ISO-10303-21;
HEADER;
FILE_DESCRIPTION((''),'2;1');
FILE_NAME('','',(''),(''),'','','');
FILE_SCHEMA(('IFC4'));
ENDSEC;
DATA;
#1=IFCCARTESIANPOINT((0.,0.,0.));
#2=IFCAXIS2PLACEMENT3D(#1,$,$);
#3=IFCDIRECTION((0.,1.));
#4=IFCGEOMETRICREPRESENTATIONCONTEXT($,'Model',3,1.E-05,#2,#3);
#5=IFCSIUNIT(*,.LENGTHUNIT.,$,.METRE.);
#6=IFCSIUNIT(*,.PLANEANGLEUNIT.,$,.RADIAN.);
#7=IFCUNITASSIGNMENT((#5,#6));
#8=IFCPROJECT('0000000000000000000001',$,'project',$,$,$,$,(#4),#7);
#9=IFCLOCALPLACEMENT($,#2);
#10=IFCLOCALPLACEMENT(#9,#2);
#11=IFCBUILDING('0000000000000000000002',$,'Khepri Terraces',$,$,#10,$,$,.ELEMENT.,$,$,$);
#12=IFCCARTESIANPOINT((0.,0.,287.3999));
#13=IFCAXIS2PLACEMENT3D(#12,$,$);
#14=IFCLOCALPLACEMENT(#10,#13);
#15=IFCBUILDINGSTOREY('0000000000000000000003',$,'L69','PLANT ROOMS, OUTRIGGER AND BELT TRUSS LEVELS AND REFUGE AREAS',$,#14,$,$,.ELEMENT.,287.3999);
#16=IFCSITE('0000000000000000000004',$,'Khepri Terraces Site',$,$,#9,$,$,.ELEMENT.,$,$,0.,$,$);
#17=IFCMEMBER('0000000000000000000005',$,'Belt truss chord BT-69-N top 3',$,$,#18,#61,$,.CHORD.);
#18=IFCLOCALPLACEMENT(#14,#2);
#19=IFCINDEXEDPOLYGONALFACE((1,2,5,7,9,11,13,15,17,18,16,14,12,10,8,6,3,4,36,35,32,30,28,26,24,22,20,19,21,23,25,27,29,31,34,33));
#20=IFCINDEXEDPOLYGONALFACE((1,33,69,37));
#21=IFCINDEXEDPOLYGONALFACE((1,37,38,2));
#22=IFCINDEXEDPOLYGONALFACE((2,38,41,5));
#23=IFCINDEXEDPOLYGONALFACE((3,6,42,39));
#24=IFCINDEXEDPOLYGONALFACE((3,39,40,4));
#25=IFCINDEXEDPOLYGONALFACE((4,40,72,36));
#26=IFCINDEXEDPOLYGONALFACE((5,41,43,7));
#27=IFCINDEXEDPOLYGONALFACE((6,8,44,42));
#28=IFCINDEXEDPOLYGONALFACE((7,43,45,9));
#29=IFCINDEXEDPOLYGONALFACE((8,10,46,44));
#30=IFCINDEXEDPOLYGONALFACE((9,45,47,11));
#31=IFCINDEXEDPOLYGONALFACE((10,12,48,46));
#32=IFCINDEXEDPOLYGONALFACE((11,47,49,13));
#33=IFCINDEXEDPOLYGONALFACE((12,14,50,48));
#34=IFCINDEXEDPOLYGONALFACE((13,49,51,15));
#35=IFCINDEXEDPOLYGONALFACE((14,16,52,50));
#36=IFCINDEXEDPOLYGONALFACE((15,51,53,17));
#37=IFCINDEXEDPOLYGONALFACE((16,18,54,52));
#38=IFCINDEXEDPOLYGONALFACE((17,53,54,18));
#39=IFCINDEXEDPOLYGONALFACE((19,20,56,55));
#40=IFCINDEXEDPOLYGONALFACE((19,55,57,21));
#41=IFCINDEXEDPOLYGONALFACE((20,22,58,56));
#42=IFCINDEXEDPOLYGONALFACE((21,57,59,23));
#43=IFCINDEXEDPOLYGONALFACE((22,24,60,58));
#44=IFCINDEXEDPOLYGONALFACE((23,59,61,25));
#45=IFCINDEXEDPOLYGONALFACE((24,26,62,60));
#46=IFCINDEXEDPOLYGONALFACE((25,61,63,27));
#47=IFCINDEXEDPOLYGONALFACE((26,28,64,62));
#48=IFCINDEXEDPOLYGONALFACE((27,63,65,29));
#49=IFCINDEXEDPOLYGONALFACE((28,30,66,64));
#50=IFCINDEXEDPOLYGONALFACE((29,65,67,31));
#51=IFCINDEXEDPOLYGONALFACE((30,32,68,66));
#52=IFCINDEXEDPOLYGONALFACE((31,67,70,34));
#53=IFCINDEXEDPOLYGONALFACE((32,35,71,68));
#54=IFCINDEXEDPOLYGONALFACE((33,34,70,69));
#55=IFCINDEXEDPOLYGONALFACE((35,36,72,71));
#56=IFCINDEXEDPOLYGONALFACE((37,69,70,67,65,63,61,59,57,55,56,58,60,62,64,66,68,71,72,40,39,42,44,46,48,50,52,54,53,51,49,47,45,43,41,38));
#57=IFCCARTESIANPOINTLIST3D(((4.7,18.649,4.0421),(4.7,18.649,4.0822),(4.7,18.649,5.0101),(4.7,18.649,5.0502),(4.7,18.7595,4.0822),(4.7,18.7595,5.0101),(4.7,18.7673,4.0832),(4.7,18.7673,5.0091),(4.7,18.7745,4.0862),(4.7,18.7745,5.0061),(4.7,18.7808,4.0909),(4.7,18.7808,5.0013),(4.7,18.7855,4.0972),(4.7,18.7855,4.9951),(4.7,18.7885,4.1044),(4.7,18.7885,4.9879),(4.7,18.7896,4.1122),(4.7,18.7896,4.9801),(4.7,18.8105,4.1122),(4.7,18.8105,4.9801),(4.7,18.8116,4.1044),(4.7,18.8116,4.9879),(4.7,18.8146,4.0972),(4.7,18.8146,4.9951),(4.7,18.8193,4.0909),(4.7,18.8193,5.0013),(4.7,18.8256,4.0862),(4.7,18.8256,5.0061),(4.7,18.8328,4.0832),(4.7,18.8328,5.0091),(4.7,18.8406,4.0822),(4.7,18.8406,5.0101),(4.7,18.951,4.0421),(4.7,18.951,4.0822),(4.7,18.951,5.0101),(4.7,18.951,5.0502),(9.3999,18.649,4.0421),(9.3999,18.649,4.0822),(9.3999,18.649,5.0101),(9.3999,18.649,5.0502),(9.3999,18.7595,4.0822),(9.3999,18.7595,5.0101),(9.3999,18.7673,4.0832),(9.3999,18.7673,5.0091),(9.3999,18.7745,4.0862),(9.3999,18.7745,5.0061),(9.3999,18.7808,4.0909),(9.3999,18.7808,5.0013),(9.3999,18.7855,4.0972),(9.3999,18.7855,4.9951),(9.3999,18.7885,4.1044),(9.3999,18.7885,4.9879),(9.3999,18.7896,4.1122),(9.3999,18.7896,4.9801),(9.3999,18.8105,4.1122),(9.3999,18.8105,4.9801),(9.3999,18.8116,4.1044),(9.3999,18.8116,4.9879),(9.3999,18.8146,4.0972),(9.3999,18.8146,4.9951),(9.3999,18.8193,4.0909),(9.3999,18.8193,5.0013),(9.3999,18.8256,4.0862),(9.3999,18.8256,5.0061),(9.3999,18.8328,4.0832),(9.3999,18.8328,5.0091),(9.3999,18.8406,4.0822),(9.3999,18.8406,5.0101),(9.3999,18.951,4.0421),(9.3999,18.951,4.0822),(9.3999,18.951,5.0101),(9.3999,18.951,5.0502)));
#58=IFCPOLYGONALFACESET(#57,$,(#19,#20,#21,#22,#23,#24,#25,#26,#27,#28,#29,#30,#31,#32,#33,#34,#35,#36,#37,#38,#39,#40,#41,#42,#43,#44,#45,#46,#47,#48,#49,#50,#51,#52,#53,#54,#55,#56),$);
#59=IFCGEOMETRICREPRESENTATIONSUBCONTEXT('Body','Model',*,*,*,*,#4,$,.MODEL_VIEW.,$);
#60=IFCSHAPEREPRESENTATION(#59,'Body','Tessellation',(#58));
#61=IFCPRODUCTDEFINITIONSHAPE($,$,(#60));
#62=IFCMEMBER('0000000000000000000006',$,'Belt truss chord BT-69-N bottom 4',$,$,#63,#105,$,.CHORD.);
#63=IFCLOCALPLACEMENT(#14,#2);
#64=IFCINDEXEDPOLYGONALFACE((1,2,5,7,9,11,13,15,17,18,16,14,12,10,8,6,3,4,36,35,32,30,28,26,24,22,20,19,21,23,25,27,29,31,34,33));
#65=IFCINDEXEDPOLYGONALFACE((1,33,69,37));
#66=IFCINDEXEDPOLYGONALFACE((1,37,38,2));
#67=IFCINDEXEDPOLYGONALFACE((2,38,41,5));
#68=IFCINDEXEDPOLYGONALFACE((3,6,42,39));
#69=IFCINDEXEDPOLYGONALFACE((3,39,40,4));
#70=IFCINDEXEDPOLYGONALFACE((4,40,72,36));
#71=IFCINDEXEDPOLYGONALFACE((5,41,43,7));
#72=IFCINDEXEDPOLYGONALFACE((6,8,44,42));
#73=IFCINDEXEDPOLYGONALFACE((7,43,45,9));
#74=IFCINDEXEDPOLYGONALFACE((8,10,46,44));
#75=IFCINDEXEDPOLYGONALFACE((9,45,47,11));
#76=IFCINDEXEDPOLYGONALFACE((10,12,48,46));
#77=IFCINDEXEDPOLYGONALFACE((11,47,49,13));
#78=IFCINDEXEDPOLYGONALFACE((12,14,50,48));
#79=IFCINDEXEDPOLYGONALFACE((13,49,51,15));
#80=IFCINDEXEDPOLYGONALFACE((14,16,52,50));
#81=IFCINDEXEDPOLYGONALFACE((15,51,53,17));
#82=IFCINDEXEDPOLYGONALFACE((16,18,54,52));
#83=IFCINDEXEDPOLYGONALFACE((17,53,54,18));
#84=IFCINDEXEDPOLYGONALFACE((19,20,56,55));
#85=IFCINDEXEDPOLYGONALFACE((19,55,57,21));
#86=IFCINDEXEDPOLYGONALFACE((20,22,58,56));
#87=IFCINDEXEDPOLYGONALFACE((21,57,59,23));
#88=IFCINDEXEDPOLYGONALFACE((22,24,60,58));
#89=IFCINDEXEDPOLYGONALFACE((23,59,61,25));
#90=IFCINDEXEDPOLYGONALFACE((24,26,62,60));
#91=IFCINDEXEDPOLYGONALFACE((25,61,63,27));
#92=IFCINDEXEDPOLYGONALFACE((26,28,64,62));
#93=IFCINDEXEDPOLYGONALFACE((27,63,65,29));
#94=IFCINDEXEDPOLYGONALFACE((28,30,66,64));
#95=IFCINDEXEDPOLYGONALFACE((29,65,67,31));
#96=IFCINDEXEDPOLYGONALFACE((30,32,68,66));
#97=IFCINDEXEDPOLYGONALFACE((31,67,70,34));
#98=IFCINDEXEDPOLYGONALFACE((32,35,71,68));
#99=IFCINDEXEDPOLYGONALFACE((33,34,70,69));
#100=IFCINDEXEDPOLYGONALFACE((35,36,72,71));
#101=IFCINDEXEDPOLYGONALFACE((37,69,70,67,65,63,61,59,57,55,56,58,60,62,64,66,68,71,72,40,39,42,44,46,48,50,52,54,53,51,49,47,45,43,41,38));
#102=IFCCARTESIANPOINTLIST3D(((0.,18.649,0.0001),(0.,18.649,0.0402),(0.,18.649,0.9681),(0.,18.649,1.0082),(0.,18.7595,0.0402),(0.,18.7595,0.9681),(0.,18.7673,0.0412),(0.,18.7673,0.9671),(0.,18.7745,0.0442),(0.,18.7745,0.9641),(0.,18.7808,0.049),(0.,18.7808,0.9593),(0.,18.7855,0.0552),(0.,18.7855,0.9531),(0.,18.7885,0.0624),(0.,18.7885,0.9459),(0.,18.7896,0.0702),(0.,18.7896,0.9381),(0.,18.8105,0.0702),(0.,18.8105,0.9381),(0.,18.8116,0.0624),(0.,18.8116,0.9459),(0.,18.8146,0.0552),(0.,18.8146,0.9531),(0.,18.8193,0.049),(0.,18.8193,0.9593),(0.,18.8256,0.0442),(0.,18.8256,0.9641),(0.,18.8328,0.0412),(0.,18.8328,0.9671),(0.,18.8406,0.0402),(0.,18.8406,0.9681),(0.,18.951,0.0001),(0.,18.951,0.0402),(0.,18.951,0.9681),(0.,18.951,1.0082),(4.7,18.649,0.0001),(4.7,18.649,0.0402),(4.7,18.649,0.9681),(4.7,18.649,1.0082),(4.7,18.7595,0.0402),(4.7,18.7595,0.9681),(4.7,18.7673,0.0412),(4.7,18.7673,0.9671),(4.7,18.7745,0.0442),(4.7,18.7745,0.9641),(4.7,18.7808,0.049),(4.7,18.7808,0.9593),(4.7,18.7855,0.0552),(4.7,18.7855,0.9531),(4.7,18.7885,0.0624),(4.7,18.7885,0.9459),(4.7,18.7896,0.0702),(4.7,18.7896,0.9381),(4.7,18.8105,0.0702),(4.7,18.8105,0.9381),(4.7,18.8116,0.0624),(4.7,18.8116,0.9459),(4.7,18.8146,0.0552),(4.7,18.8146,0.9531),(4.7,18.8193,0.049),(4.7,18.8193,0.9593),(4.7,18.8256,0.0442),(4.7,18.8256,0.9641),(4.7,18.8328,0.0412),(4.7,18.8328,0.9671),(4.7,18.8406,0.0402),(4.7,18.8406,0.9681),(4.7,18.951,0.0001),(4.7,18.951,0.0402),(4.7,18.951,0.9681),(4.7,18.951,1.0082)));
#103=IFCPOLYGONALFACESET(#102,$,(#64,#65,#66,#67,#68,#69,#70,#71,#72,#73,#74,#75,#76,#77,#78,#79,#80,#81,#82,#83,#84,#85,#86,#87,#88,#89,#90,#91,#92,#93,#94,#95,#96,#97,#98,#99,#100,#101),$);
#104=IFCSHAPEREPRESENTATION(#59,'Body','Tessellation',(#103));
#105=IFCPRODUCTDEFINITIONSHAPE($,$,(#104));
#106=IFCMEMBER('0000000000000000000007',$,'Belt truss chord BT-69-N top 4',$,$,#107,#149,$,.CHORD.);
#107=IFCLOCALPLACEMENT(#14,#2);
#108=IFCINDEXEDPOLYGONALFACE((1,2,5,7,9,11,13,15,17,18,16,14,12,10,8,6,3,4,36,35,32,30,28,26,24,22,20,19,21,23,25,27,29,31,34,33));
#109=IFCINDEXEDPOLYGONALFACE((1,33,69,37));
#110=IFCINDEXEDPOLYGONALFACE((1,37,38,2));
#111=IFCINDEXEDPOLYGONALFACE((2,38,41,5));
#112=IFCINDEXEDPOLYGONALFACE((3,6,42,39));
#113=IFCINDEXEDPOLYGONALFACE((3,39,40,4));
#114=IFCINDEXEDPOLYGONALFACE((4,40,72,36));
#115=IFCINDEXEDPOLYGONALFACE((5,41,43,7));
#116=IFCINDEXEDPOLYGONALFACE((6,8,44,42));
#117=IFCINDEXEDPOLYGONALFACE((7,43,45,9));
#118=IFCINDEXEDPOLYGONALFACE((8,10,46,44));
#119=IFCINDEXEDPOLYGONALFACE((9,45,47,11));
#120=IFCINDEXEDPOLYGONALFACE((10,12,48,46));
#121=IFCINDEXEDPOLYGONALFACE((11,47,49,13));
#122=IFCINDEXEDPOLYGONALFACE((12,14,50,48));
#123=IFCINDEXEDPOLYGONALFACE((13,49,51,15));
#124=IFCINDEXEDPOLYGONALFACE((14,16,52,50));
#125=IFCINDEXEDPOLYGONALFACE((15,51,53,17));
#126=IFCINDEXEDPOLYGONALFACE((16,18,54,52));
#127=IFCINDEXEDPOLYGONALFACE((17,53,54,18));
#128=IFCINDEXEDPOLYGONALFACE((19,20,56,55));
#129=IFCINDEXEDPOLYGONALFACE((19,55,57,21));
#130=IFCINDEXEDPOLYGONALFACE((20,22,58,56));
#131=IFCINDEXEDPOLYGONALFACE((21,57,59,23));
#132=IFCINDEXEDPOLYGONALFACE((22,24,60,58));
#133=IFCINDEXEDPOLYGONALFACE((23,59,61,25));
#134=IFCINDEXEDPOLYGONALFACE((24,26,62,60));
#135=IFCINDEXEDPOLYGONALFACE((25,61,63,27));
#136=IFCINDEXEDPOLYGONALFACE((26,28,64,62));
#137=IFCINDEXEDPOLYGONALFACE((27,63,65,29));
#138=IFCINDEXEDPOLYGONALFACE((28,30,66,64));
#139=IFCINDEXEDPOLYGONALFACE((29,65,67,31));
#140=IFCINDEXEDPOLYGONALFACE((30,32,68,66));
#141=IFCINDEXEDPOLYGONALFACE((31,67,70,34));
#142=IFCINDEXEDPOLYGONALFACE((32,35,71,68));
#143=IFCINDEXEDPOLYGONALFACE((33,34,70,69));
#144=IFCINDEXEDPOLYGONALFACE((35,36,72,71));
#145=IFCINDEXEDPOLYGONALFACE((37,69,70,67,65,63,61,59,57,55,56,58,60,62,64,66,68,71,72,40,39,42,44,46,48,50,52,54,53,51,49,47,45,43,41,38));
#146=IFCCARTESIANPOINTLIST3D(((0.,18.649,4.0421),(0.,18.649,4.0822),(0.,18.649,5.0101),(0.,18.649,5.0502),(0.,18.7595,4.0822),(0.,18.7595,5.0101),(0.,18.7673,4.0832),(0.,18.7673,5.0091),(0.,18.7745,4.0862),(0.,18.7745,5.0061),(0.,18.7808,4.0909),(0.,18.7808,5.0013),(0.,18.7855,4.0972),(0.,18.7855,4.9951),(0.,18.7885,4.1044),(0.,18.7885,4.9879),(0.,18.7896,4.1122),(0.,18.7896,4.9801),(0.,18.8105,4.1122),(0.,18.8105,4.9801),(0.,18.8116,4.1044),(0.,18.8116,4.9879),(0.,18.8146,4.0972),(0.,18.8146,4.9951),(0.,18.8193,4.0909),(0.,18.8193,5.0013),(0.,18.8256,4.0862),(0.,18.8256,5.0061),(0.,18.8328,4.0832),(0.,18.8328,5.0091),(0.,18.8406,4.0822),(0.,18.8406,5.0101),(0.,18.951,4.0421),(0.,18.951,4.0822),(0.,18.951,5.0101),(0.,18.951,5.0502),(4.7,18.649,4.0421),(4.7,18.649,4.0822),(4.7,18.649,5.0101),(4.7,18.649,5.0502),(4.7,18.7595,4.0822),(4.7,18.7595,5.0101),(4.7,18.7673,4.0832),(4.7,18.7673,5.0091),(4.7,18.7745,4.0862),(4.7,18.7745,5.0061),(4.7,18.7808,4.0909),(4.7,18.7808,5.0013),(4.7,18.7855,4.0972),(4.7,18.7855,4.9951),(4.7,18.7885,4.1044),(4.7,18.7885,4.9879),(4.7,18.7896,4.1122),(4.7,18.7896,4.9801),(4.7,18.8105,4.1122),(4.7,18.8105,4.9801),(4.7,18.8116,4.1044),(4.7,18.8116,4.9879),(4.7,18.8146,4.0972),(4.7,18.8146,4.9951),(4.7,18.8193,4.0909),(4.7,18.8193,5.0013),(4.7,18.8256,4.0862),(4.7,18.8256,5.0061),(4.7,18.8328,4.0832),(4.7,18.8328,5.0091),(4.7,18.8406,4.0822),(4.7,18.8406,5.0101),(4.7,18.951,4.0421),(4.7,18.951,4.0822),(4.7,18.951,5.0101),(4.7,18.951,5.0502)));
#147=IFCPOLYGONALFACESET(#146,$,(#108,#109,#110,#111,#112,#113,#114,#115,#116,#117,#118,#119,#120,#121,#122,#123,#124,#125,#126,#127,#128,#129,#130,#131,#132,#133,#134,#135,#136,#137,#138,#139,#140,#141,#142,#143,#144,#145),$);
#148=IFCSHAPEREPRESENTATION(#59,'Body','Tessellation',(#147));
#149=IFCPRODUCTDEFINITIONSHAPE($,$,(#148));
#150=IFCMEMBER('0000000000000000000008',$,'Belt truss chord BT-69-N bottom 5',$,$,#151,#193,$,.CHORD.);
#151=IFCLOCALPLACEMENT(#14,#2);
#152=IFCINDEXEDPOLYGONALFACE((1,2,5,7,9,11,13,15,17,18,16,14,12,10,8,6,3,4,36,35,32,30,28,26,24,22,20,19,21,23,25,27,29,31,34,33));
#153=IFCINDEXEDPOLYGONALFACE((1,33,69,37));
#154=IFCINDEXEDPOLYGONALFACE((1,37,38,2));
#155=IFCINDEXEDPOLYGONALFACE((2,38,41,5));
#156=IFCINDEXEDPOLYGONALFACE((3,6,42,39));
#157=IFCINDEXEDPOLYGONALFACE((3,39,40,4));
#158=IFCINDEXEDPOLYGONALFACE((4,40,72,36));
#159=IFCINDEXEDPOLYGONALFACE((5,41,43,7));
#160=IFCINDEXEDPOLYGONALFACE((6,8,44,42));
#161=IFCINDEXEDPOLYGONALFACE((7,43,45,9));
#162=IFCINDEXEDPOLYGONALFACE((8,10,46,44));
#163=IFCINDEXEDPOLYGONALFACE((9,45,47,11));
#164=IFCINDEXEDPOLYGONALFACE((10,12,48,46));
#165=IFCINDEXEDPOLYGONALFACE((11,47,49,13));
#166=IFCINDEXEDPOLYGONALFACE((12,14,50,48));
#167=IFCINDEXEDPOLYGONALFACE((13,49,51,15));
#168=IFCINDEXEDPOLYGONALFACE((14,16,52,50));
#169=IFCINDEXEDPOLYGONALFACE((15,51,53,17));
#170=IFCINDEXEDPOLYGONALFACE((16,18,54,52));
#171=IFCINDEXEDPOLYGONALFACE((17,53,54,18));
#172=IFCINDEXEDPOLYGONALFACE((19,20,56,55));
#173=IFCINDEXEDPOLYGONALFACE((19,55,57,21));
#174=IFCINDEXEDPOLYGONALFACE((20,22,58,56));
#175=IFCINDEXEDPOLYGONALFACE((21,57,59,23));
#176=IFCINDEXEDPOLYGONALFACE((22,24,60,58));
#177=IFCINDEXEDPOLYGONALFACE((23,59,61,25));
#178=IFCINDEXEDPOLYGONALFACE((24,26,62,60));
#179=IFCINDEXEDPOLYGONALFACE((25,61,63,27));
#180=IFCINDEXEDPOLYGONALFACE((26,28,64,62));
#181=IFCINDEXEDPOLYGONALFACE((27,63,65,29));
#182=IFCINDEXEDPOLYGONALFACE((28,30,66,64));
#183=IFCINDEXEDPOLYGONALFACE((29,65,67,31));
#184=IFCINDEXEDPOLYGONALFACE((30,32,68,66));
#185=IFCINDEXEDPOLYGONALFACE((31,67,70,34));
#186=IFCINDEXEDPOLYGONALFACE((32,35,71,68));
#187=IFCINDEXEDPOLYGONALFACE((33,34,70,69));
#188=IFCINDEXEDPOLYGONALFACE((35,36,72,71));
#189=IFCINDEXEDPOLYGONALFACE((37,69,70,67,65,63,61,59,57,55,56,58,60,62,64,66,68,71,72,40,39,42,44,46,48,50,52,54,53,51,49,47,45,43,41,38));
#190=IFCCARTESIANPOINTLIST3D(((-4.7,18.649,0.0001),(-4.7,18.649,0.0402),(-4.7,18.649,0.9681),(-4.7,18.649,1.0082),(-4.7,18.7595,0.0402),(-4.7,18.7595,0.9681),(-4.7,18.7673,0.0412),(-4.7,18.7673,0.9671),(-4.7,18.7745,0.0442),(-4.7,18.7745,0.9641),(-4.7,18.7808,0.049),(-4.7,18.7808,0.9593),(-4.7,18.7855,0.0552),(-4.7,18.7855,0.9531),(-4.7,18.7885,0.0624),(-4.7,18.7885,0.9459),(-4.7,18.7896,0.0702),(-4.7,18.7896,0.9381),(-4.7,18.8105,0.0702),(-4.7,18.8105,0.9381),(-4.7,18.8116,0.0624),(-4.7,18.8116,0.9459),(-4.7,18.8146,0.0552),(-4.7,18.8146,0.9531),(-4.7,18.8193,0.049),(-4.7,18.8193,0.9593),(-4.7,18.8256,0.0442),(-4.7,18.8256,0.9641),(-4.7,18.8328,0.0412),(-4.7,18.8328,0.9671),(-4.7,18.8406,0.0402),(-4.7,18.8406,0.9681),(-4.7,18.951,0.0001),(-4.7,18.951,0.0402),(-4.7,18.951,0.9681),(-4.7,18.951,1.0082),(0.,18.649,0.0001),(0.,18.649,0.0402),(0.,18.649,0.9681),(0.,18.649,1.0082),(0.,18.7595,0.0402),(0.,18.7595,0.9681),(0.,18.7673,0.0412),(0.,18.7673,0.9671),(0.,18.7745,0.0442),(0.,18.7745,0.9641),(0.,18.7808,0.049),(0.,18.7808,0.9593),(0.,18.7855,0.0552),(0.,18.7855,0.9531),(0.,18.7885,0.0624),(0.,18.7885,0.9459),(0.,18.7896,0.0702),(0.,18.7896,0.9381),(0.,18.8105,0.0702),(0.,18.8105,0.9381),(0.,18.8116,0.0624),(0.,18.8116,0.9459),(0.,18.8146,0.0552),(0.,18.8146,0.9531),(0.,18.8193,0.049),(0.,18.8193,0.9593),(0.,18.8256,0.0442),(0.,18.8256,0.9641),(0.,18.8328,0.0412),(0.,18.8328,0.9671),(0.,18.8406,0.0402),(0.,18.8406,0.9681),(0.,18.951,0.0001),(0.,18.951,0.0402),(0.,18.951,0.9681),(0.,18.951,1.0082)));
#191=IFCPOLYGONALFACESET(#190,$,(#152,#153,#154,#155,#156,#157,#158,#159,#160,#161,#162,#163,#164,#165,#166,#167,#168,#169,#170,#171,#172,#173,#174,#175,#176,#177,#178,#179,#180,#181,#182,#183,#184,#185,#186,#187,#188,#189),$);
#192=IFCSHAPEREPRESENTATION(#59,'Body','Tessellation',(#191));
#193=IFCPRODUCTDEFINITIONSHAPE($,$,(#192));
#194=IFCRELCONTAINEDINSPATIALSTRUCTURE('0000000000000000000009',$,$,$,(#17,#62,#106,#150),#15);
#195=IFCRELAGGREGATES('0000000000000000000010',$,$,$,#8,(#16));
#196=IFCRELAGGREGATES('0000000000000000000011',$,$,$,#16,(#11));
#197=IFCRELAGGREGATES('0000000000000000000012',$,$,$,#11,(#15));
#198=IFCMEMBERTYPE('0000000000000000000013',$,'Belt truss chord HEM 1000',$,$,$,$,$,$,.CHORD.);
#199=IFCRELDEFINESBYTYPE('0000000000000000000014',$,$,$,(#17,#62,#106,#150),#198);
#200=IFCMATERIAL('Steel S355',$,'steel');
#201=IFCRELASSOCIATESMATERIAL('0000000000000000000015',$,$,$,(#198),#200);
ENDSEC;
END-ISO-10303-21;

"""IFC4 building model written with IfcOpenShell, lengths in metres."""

from ifc_helpers import new_model, si_unit, direction, frame, origin, origin_2d, place, context, subcontext, project, spatial, i_section, extrude, material, material_profile, profile_set, type_object, element, save


model = new_model("IFC4")

# Units and contexts
model_context = context("Model", 3, precision=1e-05, world=origin(), true_north=direction((0.0, 1.0)))
body_context = subcontext(model_context, "Body", "Model", "MODEL_VIEW")
ifc_project = project(units=[si_unit("LENGTHUNIT", "METRE"), si_unit("PLANEANGLEUNIT", "RADIAN")], contexts=[model_context])

# Site, building, storey
site_placement = place(None, origin())
site = spatial("IfcSite", under=ifc_project, at=site_placement, Name="Khepri Terraces Site", CompositionType="ELEMENT", RefElevation=0.0)
building_placement = place(site_placement, origin())
building = spatial("IfcBuilding", under=site, at=building_placement, Name="Khepri Terraces", CompositionType="ELEMENT")
storey_placement = place(building_placement, frame((0.0, 0.0, 287.3999)))
storey = spatial("IfcBuildingStorey", under=building, at=storey_placement, Name="L69", Description="PLANT ROOMS, OUTRIGGER AND BELT TRUSS LEVELS AND REFUGE AREAS", CompositionType="ELEMENT", Elevation=287.3999)

# Members
ifc_material_1 = material(Name="Steel S355", Category="steel")
ifc_material_profile_1 = material_profile(ifc_material_1, i_section(OverallWidth=0.302, OverallDepth=1.0081, WebThickness=0.021, FlangeThickness=0.04, FilletRadius=0.03, at=origin_2d()), Name="Steel S355", Category="steel")
ifc_profile_set_1 = profile_set([ifc_material_profile_1], Name="Steel S355")
member_type_1 = type_object("IfcMemberType", Name="Belt truss chord HEM 1000", PredefinedType="CHORD", material=ifc_profile_set_1)
for number, where, z_axis, x_axis, name in (
    (1, (9.3999, 18.8, 4.5461), (-1.0, 0.0, 0.0), (0.0, -1.0, 0.0), "Belt truss chord BT-69-N top 3"),
    (2, (4.7, 18.8, 0.5042), (-1.0, 0.0, 0.0), (0.0, -1.0, 0.0), "Belt truss chord BT-69-N bottom 4"),
    (3, (4.7, 18.8, 4.5461), (-1.0, 0.0, 0.0), (0.0, -1.0, 0.0), "Belt truss chord BT-69-N top 4"),
    (4, (0.0, 18.8, 0.5042), (-1.0, 0.0, 0.0), (0.0, -1.0, 0.0), "Belt truss chord BT-69-N bottom 5"),
):
    element("IfcMember", number, at=place(storey_placement, frame(where, z_axis=z_axis, x_axis=x_axis)), inside=storey, type_object=member_type_1, Name=name, PredefinedType="CHORD", context=body_context, shape_type="SweptSolid", body=[
        extrude(i_section(OverallWidth=0.302, OverallDepth=1.0081, WebThickness=0.021, FlangeThickness=0.04, FilletRadius=0.03, at=origin_2d()), origin(), (0.0, 0.0, 1.0), 4.7),
    ])

save(model, "model.ifc")
